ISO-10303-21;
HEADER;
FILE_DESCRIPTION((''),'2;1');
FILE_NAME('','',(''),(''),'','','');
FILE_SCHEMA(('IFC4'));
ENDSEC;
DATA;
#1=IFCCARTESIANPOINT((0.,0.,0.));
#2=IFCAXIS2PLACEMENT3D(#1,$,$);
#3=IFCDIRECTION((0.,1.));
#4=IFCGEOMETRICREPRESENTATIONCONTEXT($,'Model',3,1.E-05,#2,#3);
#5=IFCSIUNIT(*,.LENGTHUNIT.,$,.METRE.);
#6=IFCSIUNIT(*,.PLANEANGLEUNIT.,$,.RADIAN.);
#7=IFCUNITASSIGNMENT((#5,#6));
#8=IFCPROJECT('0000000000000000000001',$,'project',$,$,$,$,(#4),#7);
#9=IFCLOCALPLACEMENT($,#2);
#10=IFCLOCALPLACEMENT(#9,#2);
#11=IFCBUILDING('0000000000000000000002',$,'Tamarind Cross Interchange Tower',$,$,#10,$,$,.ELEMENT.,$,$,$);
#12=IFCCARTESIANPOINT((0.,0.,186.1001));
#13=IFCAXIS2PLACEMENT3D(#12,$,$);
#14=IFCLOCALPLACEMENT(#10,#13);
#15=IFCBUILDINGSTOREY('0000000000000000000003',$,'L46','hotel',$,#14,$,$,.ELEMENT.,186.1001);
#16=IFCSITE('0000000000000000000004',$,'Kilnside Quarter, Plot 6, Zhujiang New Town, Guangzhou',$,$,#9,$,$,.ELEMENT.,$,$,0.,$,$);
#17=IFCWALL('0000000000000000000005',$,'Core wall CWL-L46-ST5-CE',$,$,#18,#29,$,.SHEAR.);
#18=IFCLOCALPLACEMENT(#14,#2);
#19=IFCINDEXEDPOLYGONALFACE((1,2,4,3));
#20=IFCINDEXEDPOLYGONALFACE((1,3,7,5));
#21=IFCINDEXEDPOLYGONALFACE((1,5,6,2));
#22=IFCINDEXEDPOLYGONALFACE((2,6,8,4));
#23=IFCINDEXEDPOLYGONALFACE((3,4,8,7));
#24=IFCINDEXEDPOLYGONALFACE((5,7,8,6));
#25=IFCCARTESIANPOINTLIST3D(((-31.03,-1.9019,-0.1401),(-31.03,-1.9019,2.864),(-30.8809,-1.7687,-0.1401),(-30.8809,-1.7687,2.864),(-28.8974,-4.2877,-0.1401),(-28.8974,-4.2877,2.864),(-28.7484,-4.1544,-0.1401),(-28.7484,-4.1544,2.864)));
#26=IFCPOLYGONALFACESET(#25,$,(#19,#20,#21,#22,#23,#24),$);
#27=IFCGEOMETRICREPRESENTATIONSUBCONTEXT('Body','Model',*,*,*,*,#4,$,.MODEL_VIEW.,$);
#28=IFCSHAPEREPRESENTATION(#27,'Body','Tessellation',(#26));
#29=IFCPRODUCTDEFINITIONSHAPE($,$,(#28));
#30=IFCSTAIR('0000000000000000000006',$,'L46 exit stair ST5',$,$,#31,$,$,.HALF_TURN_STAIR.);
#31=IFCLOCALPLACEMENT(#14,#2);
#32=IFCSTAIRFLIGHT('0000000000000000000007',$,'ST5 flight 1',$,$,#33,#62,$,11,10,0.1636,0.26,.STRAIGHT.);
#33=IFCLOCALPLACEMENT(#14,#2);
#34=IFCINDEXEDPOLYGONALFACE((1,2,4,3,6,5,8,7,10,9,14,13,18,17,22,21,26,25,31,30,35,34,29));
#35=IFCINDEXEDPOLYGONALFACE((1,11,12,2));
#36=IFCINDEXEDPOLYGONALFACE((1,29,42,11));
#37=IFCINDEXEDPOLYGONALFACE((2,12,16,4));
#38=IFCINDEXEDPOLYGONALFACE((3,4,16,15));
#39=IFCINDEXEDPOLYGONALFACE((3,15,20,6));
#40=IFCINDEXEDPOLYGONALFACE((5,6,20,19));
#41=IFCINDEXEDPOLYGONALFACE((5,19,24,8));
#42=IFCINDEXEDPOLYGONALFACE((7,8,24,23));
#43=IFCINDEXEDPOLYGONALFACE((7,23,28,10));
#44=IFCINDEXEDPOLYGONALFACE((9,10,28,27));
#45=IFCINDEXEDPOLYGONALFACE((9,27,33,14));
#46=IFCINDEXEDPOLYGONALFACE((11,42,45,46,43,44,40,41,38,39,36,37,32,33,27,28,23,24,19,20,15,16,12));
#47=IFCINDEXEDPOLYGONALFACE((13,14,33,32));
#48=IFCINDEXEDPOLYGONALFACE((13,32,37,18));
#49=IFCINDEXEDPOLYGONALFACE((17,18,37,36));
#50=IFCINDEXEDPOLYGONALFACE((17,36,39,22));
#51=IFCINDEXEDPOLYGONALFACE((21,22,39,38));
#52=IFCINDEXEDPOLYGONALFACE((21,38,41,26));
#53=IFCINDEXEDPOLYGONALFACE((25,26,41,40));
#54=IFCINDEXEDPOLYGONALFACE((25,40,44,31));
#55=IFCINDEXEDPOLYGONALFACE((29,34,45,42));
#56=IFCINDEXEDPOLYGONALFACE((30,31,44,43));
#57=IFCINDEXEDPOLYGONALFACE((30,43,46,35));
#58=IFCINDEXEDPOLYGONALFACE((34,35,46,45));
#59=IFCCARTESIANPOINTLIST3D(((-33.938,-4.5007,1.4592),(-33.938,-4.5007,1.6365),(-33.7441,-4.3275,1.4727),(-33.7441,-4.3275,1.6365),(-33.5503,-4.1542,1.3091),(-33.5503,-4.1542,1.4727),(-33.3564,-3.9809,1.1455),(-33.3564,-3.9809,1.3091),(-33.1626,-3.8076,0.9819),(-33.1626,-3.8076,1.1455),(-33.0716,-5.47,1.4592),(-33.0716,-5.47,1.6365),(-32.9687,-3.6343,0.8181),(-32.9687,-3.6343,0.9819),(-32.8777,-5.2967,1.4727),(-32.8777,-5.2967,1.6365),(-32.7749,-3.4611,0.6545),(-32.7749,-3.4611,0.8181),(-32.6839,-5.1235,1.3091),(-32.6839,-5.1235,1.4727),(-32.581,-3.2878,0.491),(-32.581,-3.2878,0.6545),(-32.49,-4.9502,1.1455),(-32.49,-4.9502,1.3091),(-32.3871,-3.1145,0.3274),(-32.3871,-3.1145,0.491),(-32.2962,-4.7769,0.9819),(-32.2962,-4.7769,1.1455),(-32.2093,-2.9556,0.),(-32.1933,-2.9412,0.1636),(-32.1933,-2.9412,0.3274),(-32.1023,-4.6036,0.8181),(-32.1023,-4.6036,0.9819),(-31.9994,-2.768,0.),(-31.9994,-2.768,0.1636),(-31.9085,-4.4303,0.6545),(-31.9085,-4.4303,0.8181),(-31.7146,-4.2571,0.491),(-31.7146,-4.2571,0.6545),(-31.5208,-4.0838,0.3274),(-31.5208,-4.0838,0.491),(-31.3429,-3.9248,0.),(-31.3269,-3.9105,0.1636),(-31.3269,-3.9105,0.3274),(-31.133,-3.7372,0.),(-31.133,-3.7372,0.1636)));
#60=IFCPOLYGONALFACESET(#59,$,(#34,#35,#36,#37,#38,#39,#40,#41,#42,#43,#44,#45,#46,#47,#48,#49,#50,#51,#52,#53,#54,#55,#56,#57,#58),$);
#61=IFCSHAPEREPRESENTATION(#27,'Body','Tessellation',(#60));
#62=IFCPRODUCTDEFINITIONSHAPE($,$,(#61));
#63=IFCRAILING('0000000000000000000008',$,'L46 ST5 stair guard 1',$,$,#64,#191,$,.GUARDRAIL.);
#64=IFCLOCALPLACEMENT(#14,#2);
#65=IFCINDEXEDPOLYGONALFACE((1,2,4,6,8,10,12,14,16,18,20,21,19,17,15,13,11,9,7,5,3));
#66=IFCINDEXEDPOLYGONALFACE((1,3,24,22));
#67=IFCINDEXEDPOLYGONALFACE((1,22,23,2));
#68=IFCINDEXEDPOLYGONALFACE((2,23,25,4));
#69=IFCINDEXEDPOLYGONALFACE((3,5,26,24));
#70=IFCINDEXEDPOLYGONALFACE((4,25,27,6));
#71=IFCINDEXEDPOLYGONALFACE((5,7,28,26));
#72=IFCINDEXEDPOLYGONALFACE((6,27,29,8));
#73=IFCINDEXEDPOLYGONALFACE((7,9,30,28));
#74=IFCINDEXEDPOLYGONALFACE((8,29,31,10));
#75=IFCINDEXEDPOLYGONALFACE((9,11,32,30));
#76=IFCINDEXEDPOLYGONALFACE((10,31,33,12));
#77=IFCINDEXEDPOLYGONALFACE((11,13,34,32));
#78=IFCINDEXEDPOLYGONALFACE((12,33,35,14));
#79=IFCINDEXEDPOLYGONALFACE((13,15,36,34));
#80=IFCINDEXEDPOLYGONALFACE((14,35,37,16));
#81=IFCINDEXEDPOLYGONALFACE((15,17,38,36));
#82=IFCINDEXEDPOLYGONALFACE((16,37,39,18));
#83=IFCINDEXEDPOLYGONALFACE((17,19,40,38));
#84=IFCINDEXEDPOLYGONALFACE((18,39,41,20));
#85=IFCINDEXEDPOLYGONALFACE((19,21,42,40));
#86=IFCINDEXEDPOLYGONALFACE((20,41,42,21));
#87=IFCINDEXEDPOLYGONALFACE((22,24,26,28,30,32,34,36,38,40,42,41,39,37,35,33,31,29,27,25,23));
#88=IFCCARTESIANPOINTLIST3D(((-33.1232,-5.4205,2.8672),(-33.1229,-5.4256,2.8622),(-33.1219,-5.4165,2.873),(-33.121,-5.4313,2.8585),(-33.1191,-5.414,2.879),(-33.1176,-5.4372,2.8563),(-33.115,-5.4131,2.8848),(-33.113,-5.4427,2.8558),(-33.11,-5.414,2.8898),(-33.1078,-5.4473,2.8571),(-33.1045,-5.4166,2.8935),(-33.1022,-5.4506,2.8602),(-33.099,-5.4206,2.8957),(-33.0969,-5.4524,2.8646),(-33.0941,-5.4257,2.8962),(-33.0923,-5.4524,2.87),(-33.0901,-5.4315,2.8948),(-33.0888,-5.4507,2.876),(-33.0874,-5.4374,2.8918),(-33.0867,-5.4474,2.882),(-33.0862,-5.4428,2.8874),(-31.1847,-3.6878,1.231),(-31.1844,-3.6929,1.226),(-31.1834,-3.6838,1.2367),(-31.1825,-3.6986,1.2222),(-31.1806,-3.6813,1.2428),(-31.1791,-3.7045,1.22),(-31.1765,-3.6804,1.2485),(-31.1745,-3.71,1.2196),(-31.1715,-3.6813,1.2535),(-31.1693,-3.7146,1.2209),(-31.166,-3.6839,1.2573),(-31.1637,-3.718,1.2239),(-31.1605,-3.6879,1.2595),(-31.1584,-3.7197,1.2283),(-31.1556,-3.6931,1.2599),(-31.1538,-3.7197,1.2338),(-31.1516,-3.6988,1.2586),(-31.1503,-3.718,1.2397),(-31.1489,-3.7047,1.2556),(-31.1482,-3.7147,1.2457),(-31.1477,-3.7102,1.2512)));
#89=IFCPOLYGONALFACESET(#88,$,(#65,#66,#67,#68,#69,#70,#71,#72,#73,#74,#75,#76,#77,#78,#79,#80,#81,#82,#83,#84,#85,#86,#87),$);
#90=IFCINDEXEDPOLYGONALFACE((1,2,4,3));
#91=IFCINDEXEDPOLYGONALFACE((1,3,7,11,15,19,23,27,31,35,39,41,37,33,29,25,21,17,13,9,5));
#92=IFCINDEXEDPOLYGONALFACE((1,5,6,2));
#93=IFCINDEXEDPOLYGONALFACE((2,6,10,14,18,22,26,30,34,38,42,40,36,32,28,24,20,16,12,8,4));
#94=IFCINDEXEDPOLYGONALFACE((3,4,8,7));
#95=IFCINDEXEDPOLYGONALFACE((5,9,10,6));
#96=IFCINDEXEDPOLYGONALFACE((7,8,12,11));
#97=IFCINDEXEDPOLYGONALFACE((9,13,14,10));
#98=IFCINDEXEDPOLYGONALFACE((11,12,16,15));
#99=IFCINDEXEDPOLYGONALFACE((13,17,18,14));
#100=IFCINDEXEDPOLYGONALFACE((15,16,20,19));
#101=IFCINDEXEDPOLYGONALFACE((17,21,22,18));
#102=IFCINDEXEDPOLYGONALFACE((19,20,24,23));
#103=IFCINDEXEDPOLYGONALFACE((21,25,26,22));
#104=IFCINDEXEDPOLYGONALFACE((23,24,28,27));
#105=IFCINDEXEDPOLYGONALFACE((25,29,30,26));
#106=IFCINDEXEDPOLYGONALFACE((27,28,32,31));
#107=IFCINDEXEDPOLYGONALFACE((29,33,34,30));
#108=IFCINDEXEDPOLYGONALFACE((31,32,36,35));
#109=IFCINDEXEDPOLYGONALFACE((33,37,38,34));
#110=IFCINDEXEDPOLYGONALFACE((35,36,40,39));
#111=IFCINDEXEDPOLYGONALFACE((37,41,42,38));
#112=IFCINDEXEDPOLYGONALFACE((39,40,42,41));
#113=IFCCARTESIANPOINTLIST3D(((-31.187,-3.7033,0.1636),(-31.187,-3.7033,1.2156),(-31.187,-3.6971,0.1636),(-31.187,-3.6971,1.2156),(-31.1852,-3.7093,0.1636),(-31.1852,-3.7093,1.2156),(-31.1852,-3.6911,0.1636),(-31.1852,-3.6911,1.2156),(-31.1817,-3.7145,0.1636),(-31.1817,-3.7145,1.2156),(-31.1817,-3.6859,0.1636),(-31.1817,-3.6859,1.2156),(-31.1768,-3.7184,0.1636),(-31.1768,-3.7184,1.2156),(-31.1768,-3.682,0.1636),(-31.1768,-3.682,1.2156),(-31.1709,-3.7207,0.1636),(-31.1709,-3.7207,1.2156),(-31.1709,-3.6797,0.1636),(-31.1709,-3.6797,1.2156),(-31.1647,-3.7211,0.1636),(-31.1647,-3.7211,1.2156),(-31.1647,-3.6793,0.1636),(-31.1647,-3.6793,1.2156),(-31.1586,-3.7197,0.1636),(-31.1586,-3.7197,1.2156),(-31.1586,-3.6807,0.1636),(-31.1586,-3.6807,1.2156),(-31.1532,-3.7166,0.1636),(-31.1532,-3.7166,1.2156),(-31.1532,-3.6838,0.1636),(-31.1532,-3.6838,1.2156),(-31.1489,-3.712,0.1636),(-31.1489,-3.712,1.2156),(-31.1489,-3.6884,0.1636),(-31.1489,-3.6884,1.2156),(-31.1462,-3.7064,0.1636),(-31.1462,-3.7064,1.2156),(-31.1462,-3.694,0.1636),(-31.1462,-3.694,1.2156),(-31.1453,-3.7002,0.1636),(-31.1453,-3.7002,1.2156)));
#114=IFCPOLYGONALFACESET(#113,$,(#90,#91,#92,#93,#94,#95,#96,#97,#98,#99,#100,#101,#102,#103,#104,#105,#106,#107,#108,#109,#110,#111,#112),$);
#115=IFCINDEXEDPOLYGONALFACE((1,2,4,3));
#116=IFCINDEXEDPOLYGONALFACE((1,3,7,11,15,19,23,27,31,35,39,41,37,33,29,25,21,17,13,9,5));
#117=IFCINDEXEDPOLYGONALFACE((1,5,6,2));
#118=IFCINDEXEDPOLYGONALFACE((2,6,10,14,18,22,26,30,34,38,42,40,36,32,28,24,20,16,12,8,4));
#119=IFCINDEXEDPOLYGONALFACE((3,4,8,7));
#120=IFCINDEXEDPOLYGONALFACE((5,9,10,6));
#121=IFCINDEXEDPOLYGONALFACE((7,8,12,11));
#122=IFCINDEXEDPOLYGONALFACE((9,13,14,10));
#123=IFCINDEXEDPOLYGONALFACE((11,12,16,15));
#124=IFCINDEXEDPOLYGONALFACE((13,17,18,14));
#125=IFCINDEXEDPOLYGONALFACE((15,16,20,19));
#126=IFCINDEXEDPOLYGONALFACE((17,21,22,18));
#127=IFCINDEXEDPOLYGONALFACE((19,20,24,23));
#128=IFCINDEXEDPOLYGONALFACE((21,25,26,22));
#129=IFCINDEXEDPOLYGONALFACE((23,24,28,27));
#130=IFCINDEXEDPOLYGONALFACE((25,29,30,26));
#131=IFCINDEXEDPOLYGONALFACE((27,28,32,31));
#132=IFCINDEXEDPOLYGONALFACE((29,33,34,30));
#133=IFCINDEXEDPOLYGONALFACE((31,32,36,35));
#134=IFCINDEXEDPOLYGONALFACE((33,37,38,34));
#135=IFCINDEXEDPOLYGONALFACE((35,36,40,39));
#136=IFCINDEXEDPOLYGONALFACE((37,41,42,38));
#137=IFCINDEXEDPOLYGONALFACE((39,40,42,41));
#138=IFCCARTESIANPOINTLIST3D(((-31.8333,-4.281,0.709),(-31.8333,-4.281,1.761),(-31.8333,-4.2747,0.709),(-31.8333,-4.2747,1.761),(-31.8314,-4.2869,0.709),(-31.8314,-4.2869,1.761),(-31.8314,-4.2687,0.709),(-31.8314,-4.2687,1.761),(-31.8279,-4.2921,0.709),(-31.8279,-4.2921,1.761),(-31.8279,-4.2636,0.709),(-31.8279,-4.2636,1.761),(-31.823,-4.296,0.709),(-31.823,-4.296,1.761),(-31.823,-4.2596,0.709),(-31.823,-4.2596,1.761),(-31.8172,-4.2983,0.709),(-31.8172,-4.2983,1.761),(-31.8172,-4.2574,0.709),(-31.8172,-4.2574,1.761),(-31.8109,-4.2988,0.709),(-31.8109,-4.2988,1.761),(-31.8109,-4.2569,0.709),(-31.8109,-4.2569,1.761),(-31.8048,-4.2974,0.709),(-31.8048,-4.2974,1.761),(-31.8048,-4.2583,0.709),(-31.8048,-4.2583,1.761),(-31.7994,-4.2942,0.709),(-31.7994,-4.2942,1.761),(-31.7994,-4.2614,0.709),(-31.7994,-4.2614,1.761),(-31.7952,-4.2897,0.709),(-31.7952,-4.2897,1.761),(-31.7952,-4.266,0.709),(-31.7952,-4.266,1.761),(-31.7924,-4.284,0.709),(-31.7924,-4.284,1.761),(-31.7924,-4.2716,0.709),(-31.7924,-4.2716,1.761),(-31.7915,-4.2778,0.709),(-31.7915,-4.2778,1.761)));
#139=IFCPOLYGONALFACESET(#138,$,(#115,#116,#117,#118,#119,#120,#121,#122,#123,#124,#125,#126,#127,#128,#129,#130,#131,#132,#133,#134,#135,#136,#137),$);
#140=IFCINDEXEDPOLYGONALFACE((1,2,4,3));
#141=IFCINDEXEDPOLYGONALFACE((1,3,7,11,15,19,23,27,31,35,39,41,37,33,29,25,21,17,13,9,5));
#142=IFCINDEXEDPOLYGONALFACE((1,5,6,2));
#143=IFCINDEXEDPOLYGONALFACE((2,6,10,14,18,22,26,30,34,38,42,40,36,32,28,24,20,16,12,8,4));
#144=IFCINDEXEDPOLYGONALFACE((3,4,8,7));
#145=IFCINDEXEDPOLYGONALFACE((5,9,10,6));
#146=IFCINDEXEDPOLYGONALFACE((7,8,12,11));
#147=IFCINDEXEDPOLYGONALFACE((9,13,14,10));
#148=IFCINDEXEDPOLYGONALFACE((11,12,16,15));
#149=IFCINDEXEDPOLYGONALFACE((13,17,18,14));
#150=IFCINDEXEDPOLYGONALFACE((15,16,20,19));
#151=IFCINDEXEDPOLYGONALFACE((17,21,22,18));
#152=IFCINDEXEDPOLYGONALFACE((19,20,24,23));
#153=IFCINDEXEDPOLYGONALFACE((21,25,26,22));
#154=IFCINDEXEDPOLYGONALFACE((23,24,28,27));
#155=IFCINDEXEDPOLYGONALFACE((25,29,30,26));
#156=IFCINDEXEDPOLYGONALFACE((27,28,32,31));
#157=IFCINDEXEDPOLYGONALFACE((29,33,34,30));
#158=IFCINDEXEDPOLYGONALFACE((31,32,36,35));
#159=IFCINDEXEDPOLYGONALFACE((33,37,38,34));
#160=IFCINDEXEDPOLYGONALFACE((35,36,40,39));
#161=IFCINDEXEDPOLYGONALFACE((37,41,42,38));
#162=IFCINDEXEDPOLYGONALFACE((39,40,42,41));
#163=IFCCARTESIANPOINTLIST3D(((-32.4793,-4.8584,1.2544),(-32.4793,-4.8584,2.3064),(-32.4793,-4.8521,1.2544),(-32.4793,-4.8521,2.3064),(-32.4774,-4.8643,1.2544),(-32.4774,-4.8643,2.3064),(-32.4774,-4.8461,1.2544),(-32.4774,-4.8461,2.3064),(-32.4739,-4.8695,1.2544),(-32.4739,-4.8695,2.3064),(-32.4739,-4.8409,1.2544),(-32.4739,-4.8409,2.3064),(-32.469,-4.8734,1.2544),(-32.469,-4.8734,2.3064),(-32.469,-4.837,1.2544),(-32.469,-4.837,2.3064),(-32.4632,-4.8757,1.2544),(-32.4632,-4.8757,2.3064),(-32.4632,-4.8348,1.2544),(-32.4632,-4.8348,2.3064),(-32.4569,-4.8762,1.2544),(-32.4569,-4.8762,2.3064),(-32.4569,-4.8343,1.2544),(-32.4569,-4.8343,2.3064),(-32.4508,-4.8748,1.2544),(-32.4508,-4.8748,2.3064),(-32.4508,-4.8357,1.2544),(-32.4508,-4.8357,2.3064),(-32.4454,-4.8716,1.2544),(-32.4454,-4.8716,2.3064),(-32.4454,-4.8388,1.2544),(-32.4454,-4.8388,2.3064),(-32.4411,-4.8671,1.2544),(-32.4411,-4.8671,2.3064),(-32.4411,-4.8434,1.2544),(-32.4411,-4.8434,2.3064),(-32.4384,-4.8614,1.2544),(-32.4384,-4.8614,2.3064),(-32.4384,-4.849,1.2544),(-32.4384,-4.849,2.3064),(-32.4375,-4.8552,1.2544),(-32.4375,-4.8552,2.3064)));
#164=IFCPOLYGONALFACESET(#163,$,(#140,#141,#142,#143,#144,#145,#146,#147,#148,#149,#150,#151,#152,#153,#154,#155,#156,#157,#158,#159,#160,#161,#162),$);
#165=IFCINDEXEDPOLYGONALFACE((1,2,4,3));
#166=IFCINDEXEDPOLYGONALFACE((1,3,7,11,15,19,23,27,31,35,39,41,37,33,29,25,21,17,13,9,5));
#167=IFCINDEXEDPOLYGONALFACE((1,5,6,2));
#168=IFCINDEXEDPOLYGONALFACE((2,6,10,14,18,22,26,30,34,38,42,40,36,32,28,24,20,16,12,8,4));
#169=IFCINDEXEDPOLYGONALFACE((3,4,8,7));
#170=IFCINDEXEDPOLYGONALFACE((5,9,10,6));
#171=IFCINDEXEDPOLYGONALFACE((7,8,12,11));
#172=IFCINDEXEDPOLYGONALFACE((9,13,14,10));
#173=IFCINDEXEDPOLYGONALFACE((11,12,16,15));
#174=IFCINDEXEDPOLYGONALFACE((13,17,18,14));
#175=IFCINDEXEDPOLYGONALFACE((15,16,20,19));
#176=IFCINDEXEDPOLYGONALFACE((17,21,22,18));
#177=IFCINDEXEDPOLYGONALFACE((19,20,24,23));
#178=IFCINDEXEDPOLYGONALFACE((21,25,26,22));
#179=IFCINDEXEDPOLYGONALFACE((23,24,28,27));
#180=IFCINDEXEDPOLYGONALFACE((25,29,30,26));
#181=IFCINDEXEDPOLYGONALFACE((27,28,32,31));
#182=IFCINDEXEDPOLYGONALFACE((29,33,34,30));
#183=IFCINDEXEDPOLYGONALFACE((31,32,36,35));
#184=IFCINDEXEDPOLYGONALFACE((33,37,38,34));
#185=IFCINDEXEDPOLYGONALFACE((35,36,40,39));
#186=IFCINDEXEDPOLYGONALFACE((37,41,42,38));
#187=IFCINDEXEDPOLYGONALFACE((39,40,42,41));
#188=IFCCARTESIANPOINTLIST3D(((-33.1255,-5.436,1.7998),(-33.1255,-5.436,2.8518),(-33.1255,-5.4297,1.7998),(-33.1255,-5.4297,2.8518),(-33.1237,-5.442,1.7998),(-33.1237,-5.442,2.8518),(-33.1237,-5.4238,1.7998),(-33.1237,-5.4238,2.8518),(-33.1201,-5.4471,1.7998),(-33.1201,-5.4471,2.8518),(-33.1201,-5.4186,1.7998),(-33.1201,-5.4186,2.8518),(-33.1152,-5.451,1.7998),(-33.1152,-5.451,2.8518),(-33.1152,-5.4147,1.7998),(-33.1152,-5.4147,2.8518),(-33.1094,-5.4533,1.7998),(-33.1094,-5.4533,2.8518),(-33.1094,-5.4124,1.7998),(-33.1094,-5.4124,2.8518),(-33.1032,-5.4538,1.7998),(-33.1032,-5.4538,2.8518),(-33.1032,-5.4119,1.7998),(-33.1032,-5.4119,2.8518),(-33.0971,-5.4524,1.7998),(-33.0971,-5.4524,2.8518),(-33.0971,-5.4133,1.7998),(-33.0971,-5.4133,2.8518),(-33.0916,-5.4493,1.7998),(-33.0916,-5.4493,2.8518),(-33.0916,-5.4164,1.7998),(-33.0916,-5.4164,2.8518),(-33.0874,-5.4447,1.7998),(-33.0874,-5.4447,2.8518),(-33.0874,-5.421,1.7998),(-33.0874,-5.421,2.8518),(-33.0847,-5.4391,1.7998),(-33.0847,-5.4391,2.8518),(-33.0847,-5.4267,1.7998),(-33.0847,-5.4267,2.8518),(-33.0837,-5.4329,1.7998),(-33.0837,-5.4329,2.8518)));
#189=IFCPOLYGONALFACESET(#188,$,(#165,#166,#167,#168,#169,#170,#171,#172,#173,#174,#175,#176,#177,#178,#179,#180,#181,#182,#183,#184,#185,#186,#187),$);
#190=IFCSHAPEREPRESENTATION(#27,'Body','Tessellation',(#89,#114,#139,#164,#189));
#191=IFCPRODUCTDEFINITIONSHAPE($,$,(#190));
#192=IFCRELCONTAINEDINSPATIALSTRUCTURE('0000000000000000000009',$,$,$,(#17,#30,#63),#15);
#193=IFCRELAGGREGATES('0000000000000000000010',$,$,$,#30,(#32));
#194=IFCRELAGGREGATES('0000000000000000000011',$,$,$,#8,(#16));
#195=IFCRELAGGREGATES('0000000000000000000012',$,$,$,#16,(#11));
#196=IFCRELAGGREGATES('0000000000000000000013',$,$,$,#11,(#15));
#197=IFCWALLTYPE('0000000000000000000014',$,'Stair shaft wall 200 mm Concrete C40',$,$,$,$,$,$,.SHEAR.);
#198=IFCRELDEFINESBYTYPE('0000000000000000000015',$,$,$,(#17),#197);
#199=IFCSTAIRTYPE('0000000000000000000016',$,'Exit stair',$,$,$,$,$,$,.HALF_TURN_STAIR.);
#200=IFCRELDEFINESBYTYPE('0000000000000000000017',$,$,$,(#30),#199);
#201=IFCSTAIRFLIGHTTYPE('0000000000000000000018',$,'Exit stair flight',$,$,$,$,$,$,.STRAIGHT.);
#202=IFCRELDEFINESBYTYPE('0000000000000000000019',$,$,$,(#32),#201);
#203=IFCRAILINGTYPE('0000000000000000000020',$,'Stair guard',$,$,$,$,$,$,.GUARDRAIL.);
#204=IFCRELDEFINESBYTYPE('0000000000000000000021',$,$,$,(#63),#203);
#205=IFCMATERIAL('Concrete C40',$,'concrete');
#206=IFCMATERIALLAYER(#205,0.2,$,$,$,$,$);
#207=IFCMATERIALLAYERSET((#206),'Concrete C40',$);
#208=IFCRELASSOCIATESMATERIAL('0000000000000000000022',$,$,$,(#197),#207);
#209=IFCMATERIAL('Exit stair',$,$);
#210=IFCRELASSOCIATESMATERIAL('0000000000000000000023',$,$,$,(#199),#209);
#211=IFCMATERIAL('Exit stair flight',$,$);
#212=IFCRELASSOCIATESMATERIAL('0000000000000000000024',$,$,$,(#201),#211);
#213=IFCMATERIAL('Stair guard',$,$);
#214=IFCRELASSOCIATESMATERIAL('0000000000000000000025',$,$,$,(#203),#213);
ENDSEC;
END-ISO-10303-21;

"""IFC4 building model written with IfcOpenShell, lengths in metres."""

from ifc_helpers import new_model, si_unit, direction, frame, frame_2d, origin, origin_2d, place, context, subcontext, project, spatial, polyline, rectangle, circle, outline, extrude, material, layer, layer_set, type_object, element, aggregate, save


model = new_model("IFC4")

# Units and contexts
model_context = context("Model", 3, precision=1e-05, world=origin(), true_north=direction((0.0, 1.0)))
body_context = subcontext(model_context, "Body", "Model", "MODEL_VIEW")
ifc_project = project(units=[si_unit("LENGTHUNIT", "METRE"), si_unit("PLANEANGLEUNIT", "RADIAN")], contexts=[model_context])

# Site, building, storey
site_placement = place(None, origin())
site = spatial("IfcSite", under=ifc_project, at=site_placement, Name="Kilnside Quarter, Plot 6, Zhujiang New Town, Guangzhou", CompositionType="ELEMENT", RefElevation=0.0)
building_placement = place(site_placement, origin())
building = spatial("IfcBuilding", under=site, at=building_placement, Name="Tamarind Cross Interchange Tower", CompositionType="ELEMENT")
storey_placement = place(building_placement, frame((0.0, 0.0, 186.1001)))
storey = spatial("IfcBuildingStorey", under=building, at=storey_placement, Name="L46", Description="hotel", CompositionType="ELEMENT", Elevation=186.1001)

# Shared definitions
ifc_material_1 = material(Name="Concrete C40", Category="concrete")
ifc_layer_1 = layer(ifc_material_1, 0.2)
ifc_layer_set_1 = layer_set([ifc_layer_1], Name="Concrete C40")
wall_type_1 = type_object("IfcWallType", Name="Stair shaft wall 200 mm Concrete C40", PredefinedType="SHEAR", material=ifc_layer_set_1)

# Wall
wall_1_placement = place(storey_placement, frame((-30.9556, -1.8352, -0.1401), z_axis=(0.0, 0.0, 1.0), x_axis=(0.66644, -0.745559, 0.0)))
element("IfcWall", 1, at=wall_1_placement, inside=storey, type_object=wall_type_1, Name="Core wall CWL-L46-ST5-CE", PredefinedType="SHEAR", context=body_context, shape_type="SweptSolid", body=[
    extrude(rectangle(XDim=3.2, YDim=0.2, at=frame_2d((1.6001, 0.0))), origin(), (0.0, 0.0, 1.0), 3.0042),
])

# Stair, stair flight
ifc_material_2 = material(Name="Exit stair")
stair_type = type_object("IfcStairType", Name="Exit stair", PredefinedType="HALF_TURN_STAIR", material=ifc_material_2)
stair_placement = place(storey_placement, origin())
stair = element("IfcStair", 2, at=stair_placement, inside=storey, type_object=stair_type, Name="L46 exit stair ST5", PredefinedType="HALF_TURN_STAIR")
ifc_material_3 = material(Name="Exit stair flight")
stair_flight_type = type_object("IfcStairFlightType", Name="Exit stair flight", PredefinedType="STRAIGHT", material=ifc_material_3)
stair_flight_placement = place(storey_placement, frame((-31.5662, -3.2527, 0.0), z_axis=(0.0, 0.0, 1.0), x_axis=(-0.745569, -0.666428, 0.0)))
stair_flight = element("IfcStairFlight", 3, at=stair_flight_placement, type_object=stair_flight_type, Name="ST5 flight 1", NumberOfRisers=11, NumberOfTreads=10, PredefinedType="STRAIGHT", RiserHeight=0.1636, TreadLength=0.26, context=body_context, shape_type="SweptSolid", body=[
    extrude(outline(polyline([(0.0, 0.0), (0.0, 0.1636), (0.26, 0.1636), (0.26, 0.3274), (0.52, 0.3274), (0.52, 0.491), (0.78, 0.491), (0.78, 0.6545), (1.04, 0.6545), (1.04, 0.8181), (1.3, 0.8181), (1.3, 0.9819), (1.5601, 0.9819), (1.5601, 1.1455), (1.8201, 1.1455), (1.8201, 1.3091), (2.0801, 1.3091), (2.0801, 1.4727), (2.3401, 1.4727), (2.3401, 1.6365), (2.6001, 1.6365), (2.6001, 1.8), (2.6001, 1.4592), (0.2815, 0.0), (0.0, 0.0)])), frame((0.0, 0.6499, 0.0), z_axis=(0.0, -1.0, 0.0), x_axis=(1.0, 0.0, 0.0)), (0.0, 0.0, 1.0), 1.3),
])
aggregate(stair, [stair_flight])

# Railing
ifc_material_4 = material(Name="Stair guard")
railing_type_1 = type_object("IfcRailingType", Name="Stair guard", PredefinedType="GUARDRAIL", material=ifc_material_4)
railing_1_placement = place(storey_placement, frame((-31.1663, -3.7002, 0.1636)))
element("IfcRailing", 4, at=railing_1_placement, inside=storey, type_object=railing_type_1, Name="L46 ST5 stair guard 1", PredefinedType="GUARDRAIL", context=body_context, shape_type="SweptSolid", body=[
    extrude(circle(Radius=0.0239, at=origin_2d()), frame((0.0, 0.0, 1.0762), z_axis=(-0.631018, -0.564022, 0.53263), x_axis=(0.666419, -0.745578, 0.0)), (0.0, 0.0, 1.0), 3.072),
    extrude(circle(Radius=0.021, at=origin_2d()), origin(), (0.0, 0.0, 1.0), 1.052),
    extrude(circle(Radius=0.021, at=origin_2d()), frame((-0.6462, -0.5776, 0.5454)), (0.0, 0.0, 1.0), 1.052),
    extrude(circle(Radius=0.021, at=origin_2d()), frame((-1.2922, -1.155, 1.0908)), (0.0, 0.0, 1.0), 1.052),
    extrude(circle(Radius=0.021, at=origin_2d()), frame((-1.9385, -1.7327, 1.6362)), (0.0, 0.0, 1.0), 1.052),
])

save(model, "model.ifc")
